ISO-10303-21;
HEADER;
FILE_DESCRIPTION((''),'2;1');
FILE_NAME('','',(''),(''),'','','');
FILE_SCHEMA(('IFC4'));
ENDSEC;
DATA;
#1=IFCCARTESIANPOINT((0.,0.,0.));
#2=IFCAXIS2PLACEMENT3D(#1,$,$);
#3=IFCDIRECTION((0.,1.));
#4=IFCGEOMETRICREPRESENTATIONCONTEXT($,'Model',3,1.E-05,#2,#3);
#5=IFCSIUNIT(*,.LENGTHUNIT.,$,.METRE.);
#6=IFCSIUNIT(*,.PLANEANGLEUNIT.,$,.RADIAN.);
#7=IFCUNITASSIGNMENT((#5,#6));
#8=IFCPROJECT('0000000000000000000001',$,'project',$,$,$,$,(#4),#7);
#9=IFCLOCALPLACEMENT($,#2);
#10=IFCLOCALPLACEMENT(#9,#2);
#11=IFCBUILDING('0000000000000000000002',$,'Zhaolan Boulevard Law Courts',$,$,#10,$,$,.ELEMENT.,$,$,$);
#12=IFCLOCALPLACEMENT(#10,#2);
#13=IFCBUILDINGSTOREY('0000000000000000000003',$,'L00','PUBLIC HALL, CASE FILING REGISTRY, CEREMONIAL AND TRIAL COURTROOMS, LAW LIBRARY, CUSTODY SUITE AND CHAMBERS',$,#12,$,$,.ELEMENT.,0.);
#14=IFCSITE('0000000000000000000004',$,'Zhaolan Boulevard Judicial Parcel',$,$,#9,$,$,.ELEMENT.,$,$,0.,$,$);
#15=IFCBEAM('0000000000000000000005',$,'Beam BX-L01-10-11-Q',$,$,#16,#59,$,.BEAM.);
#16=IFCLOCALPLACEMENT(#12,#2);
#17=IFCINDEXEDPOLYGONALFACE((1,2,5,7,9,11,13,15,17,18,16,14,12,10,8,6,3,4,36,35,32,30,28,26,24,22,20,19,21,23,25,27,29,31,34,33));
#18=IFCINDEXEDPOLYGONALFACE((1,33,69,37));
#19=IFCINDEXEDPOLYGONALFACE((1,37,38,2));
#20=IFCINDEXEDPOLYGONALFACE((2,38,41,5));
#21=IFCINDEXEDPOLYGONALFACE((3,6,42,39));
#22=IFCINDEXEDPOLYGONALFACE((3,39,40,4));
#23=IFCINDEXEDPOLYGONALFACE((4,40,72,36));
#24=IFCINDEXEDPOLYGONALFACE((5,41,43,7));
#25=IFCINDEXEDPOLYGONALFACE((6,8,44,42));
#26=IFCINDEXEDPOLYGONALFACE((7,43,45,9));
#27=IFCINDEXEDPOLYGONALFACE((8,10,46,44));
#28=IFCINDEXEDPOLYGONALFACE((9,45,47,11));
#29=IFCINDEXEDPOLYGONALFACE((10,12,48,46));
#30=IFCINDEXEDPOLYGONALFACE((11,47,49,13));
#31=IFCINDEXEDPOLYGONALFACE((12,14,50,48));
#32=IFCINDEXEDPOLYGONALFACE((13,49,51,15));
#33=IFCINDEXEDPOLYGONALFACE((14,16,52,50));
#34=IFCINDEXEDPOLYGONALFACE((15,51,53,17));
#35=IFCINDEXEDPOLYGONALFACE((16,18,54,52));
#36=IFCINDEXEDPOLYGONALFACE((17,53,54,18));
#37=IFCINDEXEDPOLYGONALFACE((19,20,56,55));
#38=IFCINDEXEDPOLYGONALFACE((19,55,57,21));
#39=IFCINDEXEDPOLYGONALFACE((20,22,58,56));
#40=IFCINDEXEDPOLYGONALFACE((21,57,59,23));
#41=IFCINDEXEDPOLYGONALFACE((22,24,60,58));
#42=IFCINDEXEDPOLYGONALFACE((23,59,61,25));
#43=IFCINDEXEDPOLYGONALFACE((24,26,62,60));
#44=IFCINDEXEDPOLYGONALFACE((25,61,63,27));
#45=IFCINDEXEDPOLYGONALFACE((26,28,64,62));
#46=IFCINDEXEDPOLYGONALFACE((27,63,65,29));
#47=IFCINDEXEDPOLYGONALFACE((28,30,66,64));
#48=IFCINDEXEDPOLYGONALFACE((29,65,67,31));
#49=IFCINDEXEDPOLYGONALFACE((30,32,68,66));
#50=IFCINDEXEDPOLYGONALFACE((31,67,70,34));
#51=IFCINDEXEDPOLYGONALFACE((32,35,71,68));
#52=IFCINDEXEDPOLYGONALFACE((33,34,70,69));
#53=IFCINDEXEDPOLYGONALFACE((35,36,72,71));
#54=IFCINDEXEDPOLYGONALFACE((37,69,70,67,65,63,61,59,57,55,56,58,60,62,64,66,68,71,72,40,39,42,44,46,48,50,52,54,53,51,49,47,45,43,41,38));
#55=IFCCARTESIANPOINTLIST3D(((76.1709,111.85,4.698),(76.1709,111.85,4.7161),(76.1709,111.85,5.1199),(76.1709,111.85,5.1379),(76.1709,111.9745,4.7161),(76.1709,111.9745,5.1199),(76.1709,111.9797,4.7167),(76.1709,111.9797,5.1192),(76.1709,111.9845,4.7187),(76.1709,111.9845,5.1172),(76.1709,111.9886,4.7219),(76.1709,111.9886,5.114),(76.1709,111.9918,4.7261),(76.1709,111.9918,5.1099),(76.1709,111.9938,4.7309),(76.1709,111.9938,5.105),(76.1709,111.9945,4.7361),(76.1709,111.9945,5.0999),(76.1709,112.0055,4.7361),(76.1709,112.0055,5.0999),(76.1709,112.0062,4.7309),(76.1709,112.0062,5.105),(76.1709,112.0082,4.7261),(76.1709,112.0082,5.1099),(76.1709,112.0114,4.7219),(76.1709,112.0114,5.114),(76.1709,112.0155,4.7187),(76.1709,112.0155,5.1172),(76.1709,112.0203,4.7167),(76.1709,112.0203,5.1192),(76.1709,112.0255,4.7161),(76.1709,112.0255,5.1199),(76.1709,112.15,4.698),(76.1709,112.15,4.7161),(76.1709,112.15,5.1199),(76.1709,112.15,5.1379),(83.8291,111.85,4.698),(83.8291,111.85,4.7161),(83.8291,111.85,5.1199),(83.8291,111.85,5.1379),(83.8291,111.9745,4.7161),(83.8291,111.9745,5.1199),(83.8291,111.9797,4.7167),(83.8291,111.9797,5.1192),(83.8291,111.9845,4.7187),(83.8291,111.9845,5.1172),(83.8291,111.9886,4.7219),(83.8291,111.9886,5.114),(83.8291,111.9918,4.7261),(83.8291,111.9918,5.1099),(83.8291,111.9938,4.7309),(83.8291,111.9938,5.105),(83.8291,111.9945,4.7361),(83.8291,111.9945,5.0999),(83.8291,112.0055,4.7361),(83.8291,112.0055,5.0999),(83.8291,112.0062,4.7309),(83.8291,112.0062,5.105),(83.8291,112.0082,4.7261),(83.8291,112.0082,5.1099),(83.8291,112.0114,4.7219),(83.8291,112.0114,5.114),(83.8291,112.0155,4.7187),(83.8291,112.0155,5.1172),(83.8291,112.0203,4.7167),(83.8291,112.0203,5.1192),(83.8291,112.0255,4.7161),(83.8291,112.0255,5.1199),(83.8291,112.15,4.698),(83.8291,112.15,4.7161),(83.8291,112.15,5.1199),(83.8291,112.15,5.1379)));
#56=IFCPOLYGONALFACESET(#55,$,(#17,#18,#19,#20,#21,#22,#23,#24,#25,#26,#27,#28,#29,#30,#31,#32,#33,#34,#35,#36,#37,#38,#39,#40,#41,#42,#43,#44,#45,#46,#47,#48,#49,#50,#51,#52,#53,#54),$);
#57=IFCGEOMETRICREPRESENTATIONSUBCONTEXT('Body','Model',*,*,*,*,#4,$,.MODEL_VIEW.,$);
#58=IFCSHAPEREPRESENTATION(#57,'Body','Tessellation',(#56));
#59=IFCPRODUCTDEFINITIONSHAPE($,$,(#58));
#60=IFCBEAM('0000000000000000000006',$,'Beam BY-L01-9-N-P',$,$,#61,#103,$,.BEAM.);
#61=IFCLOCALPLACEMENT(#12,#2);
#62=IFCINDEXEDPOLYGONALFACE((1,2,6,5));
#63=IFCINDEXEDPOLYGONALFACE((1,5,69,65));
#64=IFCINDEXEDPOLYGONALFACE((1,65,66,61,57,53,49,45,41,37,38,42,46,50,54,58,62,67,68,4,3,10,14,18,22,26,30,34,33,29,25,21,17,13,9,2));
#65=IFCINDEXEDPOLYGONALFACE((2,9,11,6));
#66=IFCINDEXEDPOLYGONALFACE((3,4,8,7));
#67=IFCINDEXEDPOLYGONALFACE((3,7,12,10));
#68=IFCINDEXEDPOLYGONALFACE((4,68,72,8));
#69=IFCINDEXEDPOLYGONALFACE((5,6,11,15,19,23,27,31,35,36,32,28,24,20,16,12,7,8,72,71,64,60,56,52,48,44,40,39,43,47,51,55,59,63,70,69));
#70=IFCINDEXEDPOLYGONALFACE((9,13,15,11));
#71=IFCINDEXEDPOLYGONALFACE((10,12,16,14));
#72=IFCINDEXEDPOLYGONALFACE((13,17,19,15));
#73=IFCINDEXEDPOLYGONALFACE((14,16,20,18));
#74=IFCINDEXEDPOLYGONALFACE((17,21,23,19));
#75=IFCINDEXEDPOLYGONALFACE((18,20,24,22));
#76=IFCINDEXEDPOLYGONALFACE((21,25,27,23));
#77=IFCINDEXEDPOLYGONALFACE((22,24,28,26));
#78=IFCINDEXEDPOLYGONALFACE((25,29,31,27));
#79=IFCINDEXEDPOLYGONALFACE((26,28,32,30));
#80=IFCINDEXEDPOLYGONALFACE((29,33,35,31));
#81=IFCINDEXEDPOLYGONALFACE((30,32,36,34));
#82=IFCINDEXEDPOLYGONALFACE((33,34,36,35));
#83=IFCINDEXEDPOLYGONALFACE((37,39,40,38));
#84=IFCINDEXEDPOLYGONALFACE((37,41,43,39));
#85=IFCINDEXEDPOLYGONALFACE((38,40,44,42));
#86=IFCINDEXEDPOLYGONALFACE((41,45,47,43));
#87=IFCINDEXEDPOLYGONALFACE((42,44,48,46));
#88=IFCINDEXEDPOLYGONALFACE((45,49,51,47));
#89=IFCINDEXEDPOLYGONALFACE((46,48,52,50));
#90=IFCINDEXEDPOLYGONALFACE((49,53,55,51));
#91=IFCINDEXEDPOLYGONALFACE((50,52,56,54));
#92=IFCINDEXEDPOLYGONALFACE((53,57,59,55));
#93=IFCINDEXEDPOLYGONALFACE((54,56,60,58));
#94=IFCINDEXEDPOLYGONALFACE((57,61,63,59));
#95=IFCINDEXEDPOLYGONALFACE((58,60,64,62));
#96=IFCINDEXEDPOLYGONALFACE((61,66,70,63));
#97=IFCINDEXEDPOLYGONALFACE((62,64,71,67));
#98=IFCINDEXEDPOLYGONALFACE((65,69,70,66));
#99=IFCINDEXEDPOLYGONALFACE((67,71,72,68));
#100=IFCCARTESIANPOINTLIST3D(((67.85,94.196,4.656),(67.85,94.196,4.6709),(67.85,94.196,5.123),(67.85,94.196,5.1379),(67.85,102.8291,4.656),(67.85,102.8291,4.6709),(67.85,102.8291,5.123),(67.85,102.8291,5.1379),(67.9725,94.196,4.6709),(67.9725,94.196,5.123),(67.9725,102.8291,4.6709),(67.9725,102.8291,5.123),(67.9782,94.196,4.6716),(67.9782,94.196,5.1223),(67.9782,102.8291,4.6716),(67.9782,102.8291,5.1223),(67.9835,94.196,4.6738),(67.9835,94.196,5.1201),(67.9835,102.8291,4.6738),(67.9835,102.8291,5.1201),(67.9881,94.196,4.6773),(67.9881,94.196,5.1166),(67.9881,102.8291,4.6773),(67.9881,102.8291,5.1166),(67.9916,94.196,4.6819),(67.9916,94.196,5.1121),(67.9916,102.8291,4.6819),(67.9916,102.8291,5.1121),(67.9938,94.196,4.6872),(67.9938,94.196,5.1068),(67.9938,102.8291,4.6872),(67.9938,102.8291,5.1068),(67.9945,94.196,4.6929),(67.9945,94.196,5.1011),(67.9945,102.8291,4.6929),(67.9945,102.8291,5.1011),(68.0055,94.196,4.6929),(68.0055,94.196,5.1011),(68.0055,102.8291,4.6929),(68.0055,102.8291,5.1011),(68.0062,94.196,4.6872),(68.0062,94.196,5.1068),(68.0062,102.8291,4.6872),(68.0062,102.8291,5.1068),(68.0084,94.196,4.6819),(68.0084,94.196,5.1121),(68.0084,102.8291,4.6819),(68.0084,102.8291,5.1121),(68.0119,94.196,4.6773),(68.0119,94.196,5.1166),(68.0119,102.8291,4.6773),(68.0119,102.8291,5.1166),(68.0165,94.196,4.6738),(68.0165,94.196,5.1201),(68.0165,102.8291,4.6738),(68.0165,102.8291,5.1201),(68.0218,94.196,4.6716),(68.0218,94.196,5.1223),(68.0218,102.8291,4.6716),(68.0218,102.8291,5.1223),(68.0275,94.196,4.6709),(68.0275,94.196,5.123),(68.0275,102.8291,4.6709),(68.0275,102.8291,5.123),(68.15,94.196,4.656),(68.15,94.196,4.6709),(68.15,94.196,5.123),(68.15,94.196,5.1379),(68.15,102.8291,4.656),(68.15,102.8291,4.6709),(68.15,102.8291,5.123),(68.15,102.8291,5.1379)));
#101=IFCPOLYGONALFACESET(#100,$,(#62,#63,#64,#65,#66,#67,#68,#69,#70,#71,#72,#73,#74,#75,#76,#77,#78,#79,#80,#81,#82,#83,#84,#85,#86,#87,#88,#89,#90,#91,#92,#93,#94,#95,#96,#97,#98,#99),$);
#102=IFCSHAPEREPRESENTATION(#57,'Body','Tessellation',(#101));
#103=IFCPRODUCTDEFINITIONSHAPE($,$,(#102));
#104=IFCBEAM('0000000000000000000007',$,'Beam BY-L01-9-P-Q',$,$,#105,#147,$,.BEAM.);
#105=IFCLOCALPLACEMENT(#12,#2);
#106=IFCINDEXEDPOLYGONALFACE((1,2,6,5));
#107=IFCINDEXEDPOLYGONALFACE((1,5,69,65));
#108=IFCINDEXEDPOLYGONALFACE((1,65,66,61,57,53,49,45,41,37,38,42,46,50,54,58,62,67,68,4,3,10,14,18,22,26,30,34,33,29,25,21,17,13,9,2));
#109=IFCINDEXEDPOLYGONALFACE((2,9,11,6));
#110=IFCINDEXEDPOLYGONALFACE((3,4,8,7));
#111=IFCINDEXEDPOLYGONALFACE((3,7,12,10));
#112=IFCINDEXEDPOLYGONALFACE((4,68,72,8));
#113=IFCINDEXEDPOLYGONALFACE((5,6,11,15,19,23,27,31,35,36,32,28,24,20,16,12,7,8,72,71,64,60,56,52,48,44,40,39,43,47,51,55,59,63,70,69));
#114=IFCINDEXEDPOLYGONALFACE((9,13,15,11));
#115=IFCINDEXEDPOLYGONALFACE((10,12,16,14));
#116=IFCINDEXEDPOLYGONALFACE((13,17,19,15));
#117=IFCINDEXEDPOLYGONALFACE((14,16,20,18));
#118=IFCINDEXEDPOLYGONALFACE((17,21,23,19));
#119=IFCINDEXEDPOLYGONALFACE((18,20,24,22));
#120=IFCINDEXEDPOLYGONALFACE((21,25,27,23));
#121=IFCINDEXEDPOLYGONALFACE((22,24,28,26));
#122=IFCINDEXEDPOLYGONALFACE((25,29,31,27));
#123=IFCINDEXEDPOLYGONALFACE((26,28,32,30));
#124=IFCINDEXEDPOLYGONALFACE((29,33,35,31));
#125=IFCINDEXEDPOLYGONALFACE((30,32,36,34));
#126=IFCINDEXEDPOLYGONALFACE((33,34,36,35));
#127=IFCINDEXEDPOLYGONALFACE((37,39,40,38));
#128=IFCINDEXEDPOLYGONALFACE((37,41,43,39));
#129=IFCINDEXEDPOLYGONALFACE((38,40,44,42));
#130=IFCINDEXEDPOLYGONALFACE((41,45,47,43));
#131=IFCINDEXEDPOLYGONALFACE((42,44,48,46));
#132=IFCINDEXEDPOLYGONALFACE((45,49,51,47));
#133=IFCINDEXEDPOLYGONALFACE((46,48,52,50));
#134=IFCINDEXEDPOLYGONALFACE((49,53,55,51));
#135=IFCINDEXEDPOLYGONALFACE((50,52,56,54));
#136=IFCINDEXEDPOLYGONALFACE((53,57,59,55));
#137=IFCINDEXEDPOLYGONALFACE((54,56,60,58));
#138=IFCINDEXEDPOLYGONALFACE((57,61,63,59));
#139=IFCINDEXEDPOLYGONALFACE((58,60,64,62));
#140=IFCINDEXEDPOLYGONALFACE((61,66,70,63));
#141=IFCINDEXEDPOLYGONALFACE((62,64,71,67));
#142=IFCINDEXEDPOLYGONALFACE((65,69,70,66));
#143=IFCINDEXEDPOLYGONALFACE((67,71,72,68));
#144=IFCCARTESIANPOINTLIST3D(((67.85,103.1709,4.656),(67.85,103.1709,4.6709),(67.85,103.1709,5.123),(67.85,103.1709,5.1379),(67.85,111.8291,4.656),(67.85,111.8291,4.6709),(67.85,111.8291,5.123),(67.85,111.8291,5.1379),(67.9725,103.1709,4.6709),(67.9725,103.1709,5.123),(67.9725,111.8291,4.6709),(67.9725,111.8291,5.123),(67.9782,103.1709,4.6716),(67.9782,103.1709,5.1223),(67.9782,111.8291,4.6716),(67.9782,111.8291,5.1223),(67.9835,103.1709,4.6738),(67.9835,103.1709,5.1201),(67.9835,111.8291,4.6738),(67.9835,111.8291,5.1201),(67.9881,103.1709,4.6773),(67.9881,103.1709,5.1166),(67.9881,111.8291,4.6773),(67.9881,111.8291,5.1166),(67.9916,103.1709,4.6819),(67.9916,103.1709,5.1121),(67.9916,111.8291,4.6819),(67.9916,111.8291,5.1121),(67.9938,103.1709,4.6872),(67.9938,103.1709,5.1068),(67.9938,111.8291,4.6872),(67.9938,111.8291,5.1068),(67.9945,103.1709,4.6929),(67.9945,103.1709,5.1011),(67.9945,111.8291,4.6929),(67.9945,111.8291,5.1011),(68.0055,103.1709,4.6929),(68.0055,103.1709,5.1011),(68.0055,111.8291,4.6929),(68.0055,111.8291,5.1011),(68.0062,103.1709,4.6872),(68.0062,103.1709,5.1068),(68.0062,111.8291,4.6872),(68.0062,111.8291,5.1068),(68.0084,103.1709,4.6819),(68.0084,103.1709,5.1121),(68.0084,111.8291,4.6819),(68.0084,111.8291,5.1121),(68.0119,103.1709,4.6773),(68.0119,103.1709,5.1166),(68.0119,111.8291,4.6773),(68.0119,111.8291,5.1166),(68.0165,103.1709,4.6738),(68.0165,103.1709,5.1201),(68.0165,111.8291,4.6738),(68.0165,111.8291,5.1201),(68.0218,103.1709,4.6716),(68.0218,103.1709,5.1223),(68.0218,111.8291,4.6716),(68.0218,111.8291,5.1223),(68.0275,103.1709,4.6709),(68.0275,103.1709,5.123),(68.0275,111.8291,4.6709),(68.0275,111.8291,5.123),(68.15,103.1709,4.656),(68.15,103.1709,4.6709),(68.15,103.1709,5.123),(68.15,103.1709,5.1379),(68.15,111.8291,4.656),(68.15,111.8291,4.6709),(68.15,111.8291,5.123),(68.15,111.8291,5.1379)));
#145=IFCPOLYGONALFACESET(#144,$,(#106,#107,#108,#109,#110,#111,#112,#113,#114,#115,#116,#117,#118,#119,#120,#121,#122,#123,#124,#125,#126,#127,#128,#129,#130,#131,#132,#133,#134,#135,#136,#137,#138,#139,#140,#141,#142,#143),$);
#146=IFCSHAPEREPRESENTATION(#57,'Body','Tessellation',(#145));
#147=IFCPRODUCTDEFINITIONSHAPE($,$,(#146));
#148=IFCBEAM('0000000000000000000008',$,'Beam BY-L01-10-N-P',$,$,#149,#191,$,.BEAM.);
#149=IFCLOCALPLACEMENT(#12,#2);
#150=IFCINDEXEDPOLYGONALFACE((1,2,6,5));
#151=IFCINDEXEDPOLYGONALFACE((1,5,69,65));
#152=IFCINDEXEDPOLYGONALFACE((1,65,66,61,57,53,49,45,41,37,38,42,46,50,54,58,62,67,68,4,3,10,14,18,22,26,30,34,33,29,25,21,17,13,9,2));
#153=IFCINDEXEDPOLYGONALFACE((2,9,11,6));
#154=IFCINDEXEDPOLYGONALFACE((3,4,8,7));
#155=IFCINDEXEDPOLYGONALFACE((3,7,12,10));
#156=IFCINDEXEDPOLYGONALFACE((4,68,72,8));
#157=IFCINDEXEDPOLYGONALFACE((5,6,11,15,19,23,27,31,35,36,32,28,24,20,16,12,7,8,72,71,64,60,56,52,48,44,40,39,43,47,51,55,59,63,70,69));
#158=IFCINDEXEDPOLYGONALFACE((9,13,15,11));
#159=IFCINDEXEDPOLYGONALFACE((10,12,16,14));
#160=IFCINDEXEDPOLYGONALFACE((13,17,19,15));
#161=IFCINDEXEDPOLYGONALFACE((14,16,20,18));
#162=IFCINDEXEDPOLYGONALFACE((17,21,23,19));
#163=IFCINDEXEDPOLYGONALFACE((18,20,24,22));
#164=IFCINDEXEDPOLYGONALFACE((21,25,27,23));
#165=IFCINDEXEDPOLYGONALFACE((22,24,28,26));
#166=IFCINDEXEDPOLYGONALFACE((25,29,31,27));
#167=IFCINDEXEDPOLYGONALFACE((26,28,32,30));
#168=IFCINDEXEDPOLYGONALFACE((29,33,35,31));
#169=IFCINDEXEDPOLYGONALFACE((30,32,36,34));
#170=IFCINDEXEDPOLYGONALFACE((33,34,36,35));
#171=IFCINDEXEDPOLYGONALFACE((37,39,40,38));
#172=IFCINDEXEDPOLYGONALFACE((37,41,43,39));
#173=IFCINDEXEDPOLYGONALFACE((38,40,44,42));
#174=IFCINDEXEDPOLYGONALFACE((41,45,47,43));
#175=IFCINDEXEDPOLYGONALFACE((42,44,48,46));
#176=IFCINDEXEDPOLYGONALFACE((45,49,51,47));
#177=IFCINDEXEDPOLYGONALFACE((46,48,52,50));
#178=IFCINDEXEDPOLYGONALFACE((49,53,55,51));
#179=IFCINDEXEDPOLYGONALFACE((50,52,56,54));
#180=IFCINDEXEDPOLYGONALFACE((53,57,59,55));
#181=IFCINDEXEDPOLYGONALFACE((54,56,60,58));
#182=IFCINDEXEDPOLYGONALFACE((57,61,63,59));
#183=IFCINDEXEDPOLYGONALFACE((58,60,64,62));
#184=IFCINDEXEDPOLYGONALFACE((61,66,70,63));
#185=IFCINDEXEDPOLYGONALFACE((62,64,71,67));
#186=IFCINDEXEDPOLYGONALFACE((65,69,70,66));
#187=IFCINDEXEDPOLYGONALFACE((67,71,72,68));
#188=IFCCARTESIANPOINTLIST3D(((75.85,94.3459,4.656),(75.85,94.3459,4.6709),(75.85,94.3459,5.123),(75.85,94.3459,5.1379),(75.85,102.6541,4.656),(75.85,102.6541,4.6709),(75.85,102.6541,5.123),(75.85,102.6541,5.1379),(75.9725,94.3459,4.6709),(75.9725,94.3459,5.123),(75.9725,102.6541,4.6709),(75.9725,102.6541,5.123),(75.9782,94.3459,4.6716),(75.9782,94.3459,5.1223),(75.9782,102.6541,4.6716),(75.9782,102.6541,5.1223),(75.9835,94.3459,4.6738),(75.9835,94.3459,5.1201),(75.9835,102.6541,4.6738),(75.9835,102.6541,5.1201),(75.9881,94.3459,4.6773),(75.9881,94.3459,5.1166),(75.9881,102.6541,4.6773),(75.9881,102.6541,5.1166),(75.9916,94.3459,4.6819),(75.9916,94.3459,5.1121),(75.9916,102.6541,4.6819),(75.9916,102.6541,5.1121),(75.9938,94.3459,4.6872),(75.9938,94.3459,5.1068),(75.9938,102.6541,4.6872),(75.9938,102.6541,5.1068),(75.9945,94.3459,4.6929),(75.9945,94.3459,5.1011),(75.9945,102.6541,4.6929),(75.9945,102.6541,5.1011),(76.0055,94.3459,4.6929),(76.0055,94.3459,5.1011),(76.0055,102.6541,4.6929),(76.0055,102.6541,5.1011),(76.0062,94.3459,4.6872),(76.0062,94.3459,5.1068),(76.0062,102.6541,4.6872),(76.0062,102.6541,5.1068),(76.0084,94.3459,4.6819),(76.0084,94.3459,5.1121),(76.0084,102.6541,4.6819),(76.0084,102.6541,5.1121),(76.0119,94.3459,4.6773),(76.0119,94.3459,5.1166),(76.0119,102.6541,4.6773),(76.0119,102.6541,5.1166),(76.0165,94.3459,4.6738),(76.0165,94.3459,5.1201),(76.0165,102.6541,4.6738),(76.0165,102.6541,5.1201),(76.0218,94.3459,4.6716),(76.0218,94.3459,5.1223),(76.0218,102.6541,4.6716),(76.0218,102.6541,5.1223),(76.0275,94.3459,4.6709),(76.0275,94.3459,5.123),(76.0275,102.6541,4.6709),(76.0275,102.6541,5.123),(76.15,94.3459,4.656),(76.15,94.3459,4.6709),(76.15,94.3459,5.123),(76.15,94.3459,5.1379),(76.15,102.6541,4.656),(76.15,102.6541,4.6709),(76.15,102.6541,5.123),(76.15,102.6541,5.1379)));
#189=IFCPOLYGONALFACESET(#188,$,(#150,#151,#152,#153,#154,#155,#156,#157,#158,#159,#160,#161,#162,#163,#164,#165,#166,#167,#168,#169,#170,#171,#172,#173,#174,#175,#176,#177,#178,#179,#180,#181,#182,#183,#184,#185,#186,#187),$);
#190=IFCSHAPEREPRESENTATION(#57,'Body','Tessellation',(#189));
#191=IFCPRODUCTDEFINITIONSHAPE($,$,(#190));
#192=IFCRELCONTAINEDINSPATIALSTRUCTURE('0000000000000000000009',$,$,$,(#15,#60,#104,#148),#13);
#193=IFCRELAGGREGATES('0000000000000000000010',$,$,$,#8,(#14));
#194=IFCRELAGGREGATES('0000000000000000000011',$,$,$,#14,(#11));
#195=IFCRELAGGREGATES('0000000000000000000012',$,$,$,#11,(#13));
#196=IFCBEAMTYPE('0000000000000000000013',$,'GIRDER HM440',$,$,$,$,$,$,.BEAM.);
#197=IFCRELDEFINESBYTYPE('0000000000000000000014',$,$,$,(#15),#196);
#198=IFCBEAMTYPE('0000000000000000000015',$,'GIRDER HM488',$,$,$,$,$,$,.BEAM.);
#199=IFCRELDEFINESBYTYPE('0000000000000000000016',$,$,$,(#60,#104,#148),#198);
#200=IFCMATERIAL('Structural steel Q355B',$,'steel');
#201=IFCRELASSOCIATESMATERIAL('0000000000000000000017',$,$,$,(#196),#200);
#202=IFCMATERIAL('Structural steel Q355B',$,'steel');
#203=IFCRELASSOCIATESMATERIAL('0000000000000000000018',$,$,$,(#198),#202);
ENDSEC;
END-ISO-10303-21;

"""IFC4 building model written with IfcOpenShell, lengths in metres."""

from ifc_helpers import new_model, si_unit, direction, frame, origin, origin_2d, place, context, subcontext, project, spatial, i_section, extrude, material, material_profile, profile_set, type_object, element, save


model = new_model("IFC4")

# Units and contexts
model_context = context("Model", 3, precision=1e-05, world=origin(), true_north=direction((0.0, 1.0)))
body_context = subcontext(model_context, "Body", "Model", "MODEL_VIEW")
ifc_project = project(units=[si_unit("LENGTHUNIT", "METRE"), si_unit("PLANEANGLEUNIT", "RADIAN")], contexts=[model_context])

# Site, building, storey
site_placement = place(None, origin())
site = spatial("IfcSite", under=ifc_project, at=site_placement, Name="Zhaolan Boulevard Judicial Parcel", CompositionType="ELEMENT", RefElevation=0.0)
building_placement = place(site_placement, origin())
building = spatial("IfcBuilding", under=site, at=building_placement, Name="Zhaolan Boulevard Law Courts", CompositionType="ELEMENT")
storey_placement = place(building_placement, origin())
storey = spatial("IfcBuildingStorey", under=building, at=storey_placement, Name="L00", Description="PUBLIC HALL, CASE FILING REGISTRY, CEREMONIAL AND TRIAL COURTROOMS, LAW LIBRARY, CUSTODY SUITE AND CHAMBERS", CompositionType="ELEMENT", Elevation=0.0)

# Beams
ifc_material_1 = material(Name="Structural steel Q355B", Category="steel")
ifc_material_profile_1 = material_profile(ifc_material_1, i_section(OverallWidth=0.3, OverallDepth=0.4399, WebThickness=0.011, FlangeThickness=0.0181, FilletRadius=0.02, at=origin_2d()), Name="HM440x300")
ifc_profile_set_1 = profile_set([ifc_material_profile_1], Name="Structural steel Q355B")
beam_type_1 = type_object("IfcBeamType", Name="GIRDER HM440", PredefinedType="BEAM", material=ifc_profile_set_1)
for number, where, z_axis, x_axis, name in (
    (1, (76.1709, 112.0, 4.918), (1.0, 0.0, 0.0), (0.0, 1.0, 0.0), "Beam BX-L01-10-11-Q"),
):
    element("IfcBeam", number, at=place(storey_placement, frame(where, z_axis=z_axis, x_axis=x_axis)), inside=storey, type_object=beam_type_1, Name=name, PredefinedType="BEAM", context=body_context, shape_type="SweptSolid", body=[
        extrude(i_section(OverallWidth=0.3, OverallDepth=0.4399, WebThickness=0.011, FlangeThickness=0.0181, FilletRadius=0.02, at=origin_2d()), origin(), (0.0, 0.0, 1.0), 7.6582),
    ])
ifc_material_2 = material(Name="Structural steel Q355B", Category="steel")
ifc_material_profile_2 = material_profile(ifc_material_2, i_section(OverallWidth=0.3, OverallDepth=0.4819, WebThickness=0.011, FlangeThickness=0.0149, FilletRadius=0.022, at=origin_2d()), Name="HM482x300")
ifc_profile_set_2 = profile_set([ifc_material_profile_2], Name="Structural steel Q355B")
beam_type_2 = type_object("IfcBeamType", Name="GIRDER HM488", PredefinedType="BEAM", material=ifc_profile_set_2)
beam_1_placement = place(storey_placement, frame((68.0, 94.196, 4.897), z_axis=(0.0, 1.0, 0.0), x_axis=(-1.0, 0.0, 0.0)))
element("IfcBeam", 2, at=beam_1_placement, inside=storey, type_object=beam_type_2, Name="Beam BY-L01-9-N-P", PredefinedType="BEAM", context=body_context, shape_type="SweptSolid", body=[
    extrude(i_section(OverallWidth=0.3, OverallDepth=0.4819, WebThickness=0.011, FlangeThickness=0.0149, FilletRadius=0.022, at=origin_2d()), origin(), (0.0, 0.0, 1.0), 8.6331),
])
beam_2_placement = place(storey_placement, frame((68.0, 103.1709, 4.897), z_axis=(0.0, 1.0, 0.0), x_axis=(-1.0, 0.0, 0.0)))
element("IfcBeam", 3, at=beam_2_placement, inside=storey, type_object=beam_type_2, Name="Beam BY-L01-9-P-Q", PredefinedType="BEAM", context=body_context, shape_type="SweptSolid", body=[
    extrude(i_section(OverallWidth=0.3, OverallDepth=0.4819, WebThickness=0.011, FlangeThickness=0.0149, FilletRadius=0.022, at=origin_2d()), origin(), (0.0, 0.0, 1.0), 8.6582),
])
beam_3_placement = place(storey_placement, frame((76.0, 94.3459, 4.897), z_axis=(0.0, 1.0, 0.0), x_axis=(-1.0, 0.0, 0.0)))
element("IfcBeam", 4, at=beam_3_placement, inside=storey, type_object=beam_type_2, Name="Beam BY-L01-10-N-P", PredefinedType="BEAM", context=body_context, shape_type="SweptSolid", body=[
    extrude(i_section(OverallWidth=0.3, OverallDepth=0.4819, WebThickness=0.011, FlangeThickness=0.0149, FilletRadius=0.022, at=origin_2d()), origin(), (0.0, 0.0, 1.0), 8.3081),
])

save(model, "model.ifc")
